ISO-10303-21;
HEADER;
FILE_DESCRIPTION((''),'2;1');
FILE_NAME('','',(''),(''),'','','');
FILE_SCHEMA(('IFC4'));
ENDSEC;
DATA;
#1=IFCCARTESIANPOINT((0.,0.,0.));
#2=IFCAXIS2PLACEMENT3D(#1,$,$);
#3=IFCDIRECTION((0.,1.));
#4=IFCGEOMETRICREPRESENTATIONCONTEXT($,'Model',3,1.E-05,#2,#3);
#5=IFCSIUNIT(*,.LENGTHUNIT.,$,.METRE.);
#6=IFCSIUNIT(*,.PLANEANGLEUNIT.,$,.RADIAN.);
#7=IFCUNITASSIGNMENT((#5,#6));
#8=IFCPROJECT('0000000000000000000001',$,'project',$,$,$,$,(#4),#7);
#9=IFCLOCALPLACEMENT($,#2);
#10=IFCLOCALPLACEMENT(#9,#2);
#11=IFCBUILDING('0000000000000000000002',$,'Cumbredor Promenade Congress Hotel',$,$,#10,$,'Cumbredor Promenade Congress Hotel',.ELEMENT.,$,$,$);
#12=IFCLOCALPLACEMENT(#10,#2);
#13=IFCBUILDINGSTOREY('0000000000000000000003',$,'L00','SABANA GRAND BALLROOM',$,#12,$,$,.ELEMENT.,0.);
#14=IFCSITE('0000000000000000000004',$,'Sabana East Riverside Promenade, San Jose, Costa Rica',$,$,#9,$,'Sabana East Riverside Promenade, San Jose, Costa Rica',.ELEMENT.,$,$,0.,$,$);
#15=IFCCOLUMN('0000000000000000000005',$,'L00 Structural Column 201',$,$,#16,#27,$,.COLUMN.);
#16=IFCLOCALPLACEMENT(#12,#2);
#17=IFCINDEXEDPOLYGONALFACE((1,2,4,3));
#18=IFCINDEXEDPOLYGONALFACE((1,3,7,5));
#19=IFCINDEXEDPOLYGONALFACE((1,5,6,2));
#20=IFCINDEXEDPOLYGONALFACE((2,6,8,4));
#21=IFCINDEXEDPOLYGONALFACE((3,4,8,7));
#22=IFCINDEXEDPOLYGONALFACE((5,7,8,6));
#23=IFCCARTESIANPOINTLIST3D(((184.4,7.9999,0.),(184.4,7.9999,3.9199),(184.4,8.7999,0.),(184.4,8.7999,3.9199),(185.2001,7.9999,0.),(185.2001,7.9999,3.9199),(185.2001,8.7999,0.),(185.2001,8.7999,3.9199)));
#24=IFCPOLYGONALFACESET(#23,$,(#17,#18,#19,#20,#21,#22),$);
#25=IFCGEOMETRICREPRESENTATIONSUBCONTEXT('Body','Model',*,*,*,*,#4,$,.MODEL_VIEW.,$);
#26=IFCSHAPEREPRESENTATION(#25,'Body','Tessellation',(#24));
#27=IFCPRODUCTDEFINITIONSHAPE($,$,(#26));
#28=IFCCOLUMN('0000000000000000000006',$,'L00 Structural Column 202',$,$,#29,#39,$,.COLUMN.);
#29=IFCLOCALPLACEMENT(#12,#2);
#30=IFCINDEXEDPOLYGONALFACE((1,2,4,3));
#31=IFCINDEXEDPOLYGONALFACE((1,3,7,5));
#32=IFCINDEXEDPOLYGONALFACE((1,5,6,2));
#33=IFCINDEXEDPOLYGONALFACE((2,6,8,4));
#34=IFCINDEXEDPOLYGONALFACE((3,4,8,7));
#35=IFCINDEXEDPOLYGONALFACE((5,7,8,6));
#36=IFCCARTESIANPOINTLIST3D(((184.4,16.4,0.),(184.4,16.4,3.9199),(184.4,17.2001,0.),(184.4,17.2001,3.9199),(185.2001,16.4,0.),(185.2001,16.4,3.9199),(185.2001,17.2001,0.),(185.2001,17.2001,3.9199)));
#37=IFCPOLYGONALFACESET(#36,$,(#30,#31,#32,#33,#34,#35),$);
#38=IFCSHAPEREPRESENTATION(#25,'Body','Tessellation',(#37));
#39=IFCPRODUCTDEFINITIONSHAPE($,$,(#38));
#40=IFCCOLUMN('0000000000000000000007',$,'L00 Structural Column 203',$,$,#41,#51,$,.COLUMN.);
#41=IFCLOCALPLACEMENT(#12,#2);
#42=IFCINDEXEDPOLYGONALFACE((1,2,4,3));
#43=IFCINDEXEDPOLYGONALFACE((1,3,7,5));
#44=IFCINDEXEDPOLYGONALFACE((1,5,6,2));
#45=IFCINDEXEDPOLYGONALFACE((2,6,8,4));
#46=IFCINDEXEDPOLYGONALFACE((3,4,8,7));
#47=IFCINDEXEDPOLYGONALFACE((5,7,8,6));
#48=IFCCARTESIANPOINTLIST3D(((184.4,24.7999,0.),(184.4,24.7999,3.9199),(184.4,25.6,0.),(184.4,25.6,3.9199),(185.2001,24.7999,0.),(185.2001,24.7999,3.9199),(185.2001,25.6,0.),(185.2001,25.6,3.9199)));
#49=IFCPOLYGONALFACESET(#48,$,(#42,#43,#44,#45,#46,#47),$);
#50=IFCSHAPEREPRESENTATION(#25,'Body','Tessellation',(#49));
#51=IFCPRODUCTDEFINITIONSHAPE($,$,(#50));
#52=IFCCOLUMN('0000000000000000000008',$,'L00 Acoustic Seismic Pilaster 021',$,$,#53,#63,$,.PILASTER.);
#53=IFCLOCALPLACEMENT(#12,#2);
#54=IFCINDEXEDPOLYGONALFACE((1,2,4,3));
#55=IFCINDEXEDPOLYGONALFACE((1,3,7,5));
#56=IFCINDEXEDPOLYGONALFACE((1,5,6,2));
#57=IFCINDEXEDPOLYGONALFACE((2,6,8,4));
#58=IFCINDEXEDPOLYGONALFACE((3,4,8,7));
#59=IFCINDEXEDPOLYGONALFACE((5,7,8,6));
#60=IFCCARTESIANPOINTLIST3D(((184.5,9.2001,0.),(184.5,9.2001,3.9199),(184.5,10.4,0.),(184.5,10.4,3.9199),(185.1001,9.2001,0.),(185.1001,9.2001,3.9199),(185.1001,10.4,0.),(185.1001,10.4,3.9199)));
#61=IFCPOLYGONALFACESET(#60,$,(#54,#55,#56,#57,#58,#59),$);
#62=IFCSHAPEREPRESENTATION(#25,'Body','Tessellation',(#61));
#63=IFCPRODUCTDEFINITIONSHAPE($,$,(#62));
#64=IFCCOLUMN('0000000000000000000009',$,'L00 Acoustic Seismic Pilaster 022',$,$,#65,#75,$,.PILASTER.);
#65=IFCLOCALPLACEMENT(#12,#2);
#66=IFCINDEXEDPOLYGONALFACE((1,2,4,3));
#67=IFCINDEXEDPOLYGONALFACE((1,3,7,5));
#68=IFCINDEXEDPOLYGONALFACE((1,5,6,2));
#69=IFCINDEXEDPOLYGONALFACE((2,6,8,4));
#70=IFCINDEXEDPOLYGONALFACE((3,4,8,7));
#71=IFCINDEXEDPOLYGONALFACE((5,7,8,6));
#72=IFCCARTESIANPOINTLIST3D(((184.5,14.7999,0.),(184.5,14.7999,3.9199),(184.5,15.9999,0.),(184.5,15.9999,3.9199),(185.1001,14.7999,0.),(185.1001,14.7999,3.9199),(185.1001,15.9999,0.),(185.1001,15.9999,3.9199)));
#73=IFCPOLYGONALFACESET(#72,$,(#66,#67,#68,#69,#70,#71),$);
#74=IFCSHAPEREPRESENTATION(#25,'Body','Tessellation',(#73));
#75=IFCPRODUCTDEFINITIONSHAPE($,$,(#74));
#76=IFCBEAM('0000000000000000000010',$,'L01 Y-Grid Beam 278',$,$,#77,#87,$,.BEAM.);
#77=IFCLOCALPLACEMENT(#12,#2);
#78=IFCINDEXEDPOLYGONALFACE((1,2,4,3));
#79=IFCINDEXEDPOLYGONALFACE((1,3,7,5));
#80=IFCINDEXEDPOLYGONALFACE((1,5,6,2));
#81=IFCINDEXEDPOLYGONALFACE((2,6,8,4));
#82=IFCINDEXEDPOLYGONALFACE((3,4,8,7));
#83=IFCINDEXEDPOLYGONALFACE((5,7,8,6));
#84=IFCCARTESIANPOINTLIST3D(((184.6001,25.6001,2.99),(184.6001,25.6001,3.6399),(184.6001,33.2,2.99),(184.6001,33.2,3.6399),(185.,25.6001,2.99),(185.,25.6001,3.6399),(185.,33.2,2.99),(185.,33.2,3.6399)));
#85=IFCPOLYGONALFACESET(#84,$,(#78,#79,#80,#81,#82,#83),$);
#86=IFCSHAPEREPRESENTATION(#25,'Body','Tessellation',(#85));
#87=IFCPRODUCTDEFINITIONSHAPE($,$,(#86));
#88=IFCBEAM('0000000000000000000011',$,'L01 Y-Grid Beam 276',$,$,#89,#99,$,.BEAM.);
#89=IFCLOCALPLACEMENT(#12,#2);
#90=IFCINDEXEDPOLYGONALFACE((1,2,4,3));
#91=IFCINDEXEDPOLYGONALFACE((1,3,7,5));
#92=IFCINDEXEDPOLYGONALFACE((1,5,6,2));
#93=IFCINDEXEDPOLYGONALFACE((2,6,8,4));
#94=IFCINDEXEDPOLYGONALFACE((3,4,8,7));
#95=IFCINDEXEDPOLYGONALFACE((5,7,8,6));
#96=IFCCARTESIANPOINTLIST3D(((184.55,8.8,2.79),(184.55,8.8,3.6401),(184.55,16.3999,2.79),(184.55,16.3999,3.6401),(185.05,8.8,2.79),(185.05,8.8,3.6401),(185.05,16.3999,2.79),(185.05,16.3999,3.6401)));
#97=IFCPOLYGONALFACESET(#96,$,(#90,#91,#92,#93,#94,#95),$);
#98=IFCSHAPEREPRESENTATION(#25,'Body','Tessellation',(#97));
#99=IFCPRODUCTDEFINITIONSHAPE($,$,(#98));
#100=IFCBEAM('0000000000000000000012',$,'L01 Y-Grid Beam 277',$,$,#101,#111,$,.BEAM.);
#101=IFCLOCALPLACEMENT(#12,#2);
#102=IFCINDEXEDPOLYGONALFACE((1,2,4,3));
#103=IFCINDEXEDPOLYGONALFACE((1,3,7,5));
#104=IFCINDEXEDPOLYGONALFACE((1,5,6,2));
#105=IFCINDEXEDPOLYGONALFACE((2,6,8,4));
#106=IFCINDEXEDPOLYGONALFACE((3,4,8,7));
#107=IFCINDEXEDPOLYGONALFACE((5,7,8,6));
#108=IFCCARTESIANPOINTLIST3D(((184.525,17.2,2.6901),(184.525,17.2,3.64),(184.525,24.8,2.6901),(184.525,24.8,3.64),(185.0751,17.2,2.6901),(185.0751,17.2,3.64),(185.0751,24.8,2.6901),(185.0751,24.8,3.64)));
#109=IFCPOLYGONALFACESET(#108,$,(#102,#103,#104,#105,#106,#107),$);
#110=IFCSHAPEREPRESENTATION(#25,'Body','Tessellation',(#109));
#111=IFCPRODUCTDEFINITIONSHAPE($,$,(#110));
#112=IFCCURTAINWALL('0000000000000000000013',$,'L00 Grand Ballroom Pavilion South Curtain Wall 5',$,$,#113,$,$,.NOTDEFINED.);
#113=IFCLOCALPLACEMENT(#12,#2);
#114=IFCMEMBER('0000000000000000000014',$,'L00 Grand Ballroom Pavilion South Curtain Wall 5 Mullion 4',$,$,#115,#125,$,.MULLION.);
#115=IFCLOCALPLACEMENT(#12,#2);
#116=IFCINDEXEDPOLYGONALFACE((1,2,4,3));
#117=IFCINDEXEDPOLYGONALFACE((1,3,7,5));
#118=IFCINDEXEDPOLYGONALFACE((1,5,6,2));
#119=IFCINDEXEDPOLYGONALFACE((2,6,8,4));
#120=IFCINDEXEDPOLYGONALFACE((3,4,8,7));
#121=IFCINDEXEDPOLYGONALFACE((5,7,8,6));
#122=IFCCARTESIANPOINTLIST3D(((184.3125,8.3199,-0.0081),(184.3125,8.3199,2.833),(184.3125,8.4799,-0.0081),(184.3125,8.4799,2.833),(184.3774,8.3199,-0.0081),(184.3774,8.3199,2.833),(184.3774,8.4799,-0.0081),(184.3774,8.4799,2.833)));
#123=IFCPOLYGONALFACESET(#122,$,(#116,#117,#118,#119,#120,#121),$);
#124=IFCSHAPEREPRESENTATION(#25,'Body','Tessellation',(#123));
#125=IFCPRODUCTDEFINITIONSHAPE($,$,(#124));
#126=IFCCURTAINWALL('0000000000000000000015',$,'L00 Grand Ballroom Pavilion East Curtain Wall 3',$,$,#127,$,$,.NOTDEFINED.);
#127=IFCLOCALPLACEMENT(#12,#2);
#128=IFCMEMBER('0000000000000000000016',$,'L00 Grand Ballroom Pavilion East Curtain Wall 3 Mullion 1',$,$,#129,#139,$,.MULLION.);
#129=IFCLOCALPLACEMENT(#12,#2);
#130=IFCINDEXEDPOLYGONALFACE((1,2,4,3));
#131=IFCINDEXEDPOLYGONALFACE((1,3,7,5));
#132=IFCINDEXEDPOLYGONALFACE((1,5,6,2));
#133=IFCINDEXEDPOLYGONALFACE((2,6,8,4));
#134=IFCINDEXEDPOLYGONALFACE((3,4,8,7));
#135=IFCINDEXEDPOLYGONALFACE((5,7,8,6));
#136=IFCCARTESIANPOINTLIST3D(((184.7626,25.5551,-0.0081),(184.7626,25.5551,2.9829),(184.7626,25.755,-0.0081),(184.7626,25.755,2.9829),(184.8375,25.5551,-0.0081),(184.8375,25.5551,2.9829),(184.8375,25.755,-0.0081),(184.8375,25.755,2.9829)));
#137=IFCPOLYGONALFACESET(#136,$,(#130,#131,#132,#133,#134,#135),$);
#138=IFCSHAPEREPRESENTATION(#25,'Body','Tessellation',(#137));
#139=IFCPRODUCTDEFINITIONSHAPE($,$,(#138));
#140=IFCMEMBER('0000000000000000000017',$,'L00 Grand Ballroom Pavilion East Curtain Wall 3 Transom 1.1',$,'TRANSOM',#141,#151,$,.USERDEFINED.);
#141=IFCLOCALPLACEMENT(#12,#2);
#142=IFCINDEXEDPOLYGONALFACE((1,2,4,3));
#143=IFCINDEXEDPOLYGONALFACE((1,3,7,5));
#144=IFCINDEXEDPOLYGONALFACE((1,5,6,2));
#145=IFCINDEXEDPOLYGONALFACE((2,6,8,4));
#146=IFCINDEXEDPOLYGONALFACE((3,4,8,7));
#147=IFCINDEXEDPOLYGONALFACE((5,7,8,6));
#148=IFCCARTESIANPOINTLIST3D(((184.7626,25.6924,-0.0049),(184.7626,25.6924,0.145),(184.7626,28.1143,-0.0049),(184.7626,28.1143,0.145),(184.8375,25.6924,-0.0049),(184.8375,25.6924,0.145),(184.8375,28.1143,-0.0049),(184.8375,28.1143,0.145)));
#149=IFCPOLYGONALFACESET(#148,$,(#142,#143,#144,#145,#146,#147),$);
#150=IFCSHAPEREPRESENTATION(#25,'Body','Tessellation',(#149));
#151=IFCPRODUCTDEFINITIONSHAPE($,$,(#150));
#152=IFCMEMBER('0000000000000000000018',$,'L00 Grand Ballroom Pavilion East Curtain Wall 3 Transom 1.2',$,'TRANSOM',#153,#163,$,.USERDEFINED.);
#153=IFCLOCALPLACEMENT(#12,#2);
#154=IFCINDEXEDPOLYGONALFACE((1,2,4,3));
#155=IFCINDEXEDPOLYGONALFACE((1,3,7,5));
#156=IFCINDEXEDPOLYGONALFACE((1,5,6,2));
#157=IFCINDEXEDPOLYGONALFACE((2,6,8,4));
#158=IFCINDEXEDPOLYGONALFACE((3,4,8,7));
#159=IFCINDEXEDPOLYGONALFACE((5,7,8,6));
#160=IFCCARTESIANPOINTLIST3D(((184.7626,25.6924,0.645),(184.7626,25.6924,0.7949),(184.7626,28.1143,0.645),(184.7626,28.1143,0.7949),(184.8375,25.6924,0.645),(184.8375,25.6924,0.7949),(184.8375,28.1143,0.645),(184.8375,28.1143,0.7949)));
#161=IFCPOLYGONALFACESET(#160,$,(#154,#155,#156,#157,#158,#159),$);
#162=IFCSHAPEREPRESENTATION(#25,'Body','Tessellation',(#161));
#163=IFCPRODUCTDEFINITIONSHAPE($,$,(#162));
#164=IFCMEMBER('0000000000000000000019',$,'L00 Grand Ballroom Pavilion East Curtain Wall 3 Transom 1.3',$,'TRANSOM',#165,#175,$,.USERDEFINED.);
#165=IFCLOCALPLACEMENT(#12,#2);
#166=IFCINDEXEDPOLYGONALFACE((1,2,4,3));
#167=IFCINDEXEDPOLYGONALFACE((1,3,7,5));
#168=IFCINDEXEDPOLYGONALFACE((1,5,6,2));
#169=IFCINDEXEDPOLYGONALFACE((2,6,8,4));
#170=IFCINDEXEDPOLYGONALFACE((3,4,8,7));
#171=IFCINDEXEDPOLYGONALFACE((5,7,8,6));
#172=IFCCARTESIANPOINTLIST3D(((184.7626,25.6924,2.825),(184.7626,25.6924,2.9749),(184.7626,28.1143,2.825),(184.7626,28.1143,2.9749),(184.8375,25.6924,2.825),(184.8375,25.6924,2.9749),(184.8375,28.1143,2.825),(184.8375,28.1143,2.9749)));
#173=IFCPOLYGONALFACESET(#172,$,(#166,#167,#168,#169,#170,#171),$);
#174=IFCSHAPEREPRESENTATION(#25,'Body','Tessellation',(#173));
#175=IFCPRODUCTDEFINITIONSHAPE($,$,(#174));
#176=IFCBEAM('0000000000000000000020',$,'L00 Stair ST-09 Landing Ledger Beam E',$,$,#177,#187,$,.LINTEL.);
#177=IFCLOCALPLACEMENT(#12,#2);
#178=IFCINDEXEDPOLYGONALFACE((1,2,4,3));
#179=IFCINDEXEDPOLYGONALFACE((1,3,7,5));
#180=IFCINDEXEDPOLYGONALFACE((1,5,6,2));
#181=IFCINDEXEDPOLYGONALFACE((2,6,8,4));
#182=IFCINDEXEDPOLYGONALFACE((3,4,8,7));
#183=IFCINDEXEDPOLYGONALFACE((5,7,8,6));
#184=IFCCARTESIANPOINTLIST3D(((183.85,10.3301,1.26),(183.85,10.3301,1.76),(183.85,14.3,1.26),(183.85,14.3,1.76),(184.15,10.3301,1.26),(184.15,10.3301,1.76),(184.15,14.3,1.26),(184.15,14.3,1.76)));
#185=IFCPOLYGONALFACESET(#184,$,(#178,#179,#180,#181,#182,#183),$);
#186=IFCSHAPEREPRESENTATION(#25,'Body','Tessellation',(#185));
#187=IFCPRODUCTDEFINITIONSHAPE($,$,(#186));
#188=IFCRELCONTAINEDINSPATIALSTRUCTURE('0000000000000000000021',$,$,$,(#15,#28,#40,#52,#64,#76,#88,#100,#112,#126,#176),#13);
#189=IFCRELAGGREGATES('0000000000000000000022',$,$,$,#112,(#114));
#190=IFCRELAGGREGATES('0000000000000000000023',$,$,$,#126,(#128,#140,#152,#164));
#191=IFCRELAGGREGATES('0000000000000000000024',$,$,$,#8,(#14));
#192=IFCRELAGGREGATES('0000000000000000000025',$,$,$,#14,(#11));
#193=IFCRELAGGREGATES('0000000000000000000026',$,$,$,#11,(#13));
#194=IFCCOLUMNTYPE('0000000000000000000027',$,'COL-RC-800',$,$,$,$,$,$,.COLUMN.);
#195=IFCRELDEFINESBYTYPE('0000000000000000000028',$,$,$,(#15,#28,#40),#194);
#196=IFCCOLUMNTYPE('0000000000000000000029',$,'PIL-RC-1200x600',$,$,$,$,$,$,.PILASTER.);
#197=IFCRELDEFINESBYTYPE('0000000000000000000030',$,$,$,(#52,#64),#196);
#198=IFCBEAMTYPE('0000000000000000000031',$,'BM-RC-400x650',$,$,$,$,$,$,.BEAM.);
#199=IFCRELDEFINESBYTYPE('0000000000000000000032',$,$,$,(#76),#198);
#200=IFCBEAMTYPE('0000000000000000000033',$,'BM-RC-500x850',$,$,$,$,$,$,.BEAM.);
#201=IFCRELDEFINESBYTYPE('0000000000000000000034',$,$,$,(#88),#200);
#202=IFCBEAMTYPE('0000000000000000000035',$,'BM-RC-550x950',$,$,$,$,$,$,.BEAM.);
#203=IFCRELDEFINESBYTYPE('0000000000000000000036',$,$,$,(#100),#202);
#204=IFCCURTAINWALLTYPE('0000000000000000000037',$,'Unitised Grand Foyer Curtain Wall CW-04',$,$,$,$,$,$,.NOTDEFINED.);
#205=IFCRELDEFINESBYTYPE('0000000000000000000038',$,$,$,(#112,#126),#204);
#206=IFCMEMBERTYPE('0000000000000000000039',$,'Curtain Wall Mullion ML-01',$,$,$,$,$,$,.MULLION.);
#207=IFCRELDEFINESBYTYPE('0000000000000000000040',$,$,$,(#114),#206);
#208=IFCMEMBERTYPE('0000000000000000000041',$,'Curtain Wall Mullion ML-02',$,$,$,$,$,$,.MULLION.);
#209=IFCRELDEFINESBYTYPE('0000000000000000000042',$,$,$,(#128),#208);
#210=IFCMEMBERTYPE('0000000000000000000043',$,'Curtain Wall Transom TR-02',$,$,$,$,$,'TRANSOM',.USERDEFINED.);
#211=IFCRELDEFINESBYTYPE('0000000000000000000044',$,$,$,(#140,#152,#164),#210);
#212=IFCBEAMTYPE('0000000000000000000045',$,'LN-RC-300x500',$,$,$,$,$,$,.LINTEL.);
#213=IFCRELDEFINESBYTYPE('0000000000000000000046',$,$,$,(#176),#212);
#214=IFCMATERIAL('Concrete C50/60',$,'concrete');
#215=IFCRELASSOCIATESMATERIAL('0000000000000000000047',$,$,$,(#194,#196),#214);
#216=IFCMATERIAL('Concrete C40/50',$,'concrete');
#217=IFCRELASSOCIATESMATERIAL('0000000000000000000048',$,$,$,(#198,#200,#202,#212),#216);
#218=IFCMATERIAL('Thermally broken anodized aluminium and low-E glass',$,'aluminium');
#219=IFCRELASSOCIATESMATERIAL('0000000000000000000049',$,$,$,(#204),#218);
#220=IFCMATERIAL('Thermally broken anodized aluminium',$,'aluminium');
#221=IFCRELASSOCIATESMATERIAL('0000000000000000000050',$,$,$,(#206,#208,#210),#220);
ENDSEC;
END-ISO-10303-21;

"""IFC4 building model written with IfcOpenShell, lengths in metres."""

from ifc_helpers import new_model, si_unit, direction, frame, origin, origin_2d, place, context, subcontext, project, spatial, rectangle, extrude, material, material_profile, profile_set, type_object, element, aggregate, save


model = new_model("IFC4")

# Units and contexts
model_context = context("Model", 3, precision=1e-05, world=origin(), true_north=direction((0.0, 1.0)))
body_context = subcontext(model_context, "Body", "Model", "MODEL_VIEW")
ifc_project = project(units=[si_unit("LENGTHUNIT", "METRE"), si_unit("PLANEANGLEUNIT", "RADIAN")], contexts=[model_context])

# Site, building, storey
site_placement = place(None, origin())
site = spatial("IfcSite", under=ifc_project, at=site_placement, Name="Sabana East Riverside Promenade, San Jose, Costa Rica", LongName="Sabana East Riverside Promenade, San Jose, Costa Rica", CompositionType="ELEMENT", RefElevation=0.0)
building_placement = place(site_placement, origin())
building = spatial("IfcBuilding", under=site, at=building_placement, Name="Cumbredor Promenade Congress Hotel", LongName="Cumbredor Promenade Congress Hotel", CompositionType="ELEMENT")
storey_placement = place(building_placement, origin())
storey = spatial("IfcBuildingStorey", under=building, at=storey_placement, Name="L00", Description="SABANA GRAND BALLROOM", CompositionType="ELEMENT", Elevation=0.0)

# Columns
ifc_material_1 = material(Name="Concrete C50/60", Category="concrete")
ifc_material_profile_1 = material_profile(ifc_material_1, rectangle(XDim=0.8, YDim=0.8, at=origin_2d()), Name="RC 800x800")
ifc_profile_set_1 = profile_set([ifc_material_profile_1], Name="Concrete C50/60")
column_type_1 = type_object("IfcColumnType", Name="COL-RC-800", PredefinedType="COLUMN", material=ifc_profile_set_1)
for number, where, z_axis, x_axis, name in (
    (1, (184.8, 8.3999, 0.0), (0.0, 0.0, 1.0), (1.0, 0.0, 0.0), "L00 Structural Column 201"),
    (2, (184.8, 16.8, 0.0), (0.0, 0.0, 1.0), (1.0, 0.0, 0.0), "L00 Structural Column 202"),
    (3, (184.8, 25.2, 0.0), (0.0, 0.0, 1.0), (1.0, 0.0, 0.0), "L00 Structural Column 203"),
):
    element("IfcColumn", number, at=place(storey_placement, frame(where, z_axis=z_axis, x_axis=x_axis)), inside=storey, type_object=column_type_1, Name=name, PredefinedType="COLUMN", context=body_context, shape_type="SweptSolid", body=[
        extrude(rectangle(XDim=0.8, YDim=0.8, at=origin_2d()), origin(), (0.0, 0.0, 1.0), 3.9199),
    ])
ifc_material_profile_2 = material_profile(ifc_material_1, rectangle(XDim=0.6001, YDim=1.2, at=origin_2d()), Name="RC PILASTER 1200x600")
ifc_profile_set_2 = profile_set([ifc_material_profile_2], Name="Concrete C50/60")
column_type_2 = type_object("IfcColumnType", Name="PIL-RC-1200x600", PredefinedType="PILASTER", material=ifc_profile_set_2)
for number, where, z_axis, x_axis, name in (
    (4, (184.8, 9.8, 0.0), (0.0, 0.0, 1.0), (1.0, 0.0, 0.0), "L00 Acoustic Seismic Pilaster 021"),
    (5, (184.8, 15.3999, 0.0), (0.0, 0.0, 1.0), (1.0, 0.0, 0.0), "L00 Acoustic Seismic Pilaster 022"),
):
    element("IfcColumn", number, at=place(storey_placement, frame(where, z_axis=z_axis, x_axis=x_axis)), inside=storey, type_object=column_type_2, Name=name, PredefinedType="PILASTER", context=body_context, shape_type="SweptSolid", body=[
        extrude(rectangle(XDim=0.6001, YDim=1.2, at=origin_2d()), origin(), (0.0, 0.0, 1.0), 3.9199),
    ])

# Beams
ifc_material_2 = material(Name="Concrete C40/50", Category="concrete")
ifc_material_profile_3 = material_profile(ifc_material_2, rectangle(XDim=0.3999, YDim=0.6499, at=origin_2d()), Name="RC BEAM 400x650")
ifc_profile_set_3 = profile_set([ifc_material_profile_3], Name="Concrete C40/50")
beam_type_1 = type_object("IfcBeamType", Name="BM-RC-400x650", PredefinedType="BEAM", material=ifc_profile_set_3)
beam_1_placement = place(storey_placement, frame((184.8, 25.6001, 3.3149), z_axis=(0.0, 1.0, 0.0), x_axis=(-1.0, 0.0, 0.0)))
element("IfcBeam", 6, at=beam_1_placement, inside=storey, type_object=beam_type_1, Name="L01 Y-Grid Beam 278", PredefinedType="BEAM", context=body_context, shape_type="SweptSolid", body=[
    extrude(rectangle(XDim=0.3999, YDim=0.6499, at=origin_2d()), origin(), (0.0, 0.0, 1.0), 7.5999),
])
ifc_material_profile_4 = material_profile(ifc_material_2, rectangle(XDim=0.5, YDim=0.8501, at=origin_2d()), Name="RC BEAM 500x850")
ifc_profile_set_4 = profile_set([ifc_material_profile_4], Name="Concrete C40/50")
beam_type_2 = type_object("IfcBeamType", Name="BM-RC-500x850", PredefinedType="BEAM", material=ifc_profile_set_4)
beam_2_placement = place(storey_placement, frame((184.8, 8.8, 3.2151), z_axis=(0.0, 1.0, 0.0), x_axis=(-1.0, 0.0, 0.0)))
element("IfcBeam", 7, at=beam_2_placement, inside=storey, type_object=beam_type_2, Name="L01 Y-Grid Beam 276", PredefinedType="BEAM", context=body_context, shape_type="SweptSolid", body=[
    extrude(rectangle(XDim=0.5, YDim=0.8501, at=origin_2d()), origin(), (0.0, 0.0, 1.0), 7.5999),
])
ifc_material_profile_5 = material_profile(ifc_material_2, rectangle(XDim=0.55, YDim=0.95, at=origin_2d()), Name="RC BEAM 550x950")
ifc_profile_set_5 = profile_set([ifc_material_profile_5], Name="Concrete C40/50")
beam_type_3 = type_object("IfcBeamType", Name="BM-RC-550x950", PredefinedType="BEAM", material=ifc_profile_set_5)
beam_3_placement = place(storey_placement, frame((184.8, 17.2, 3.165), z_axis=(0.0, 1.0, 0.0), x_axis=(-1.0, 0.0, 0.0)))
element("IfcBeam", 8, at=beam_3_placement, inside=storey, type_object=beam_type_3, Name="L01 Y-Grid Beam 277", PredefinedType="BEAM", context=body_context, shape_type="SweptSolid", body=[
    extrude(rectangle(XDim=0.55, YDim=0.95, at=origin_2d()), origin(), (0.0, 0.0, 1.0), 7.6001),
])

# Curtain wall, member
ifc_material_3 = material(Name="Thermally broken anodized aluminium and low-E glass", Category="aluminium")
curtain_wall_type = type_object("IfcCurtainWallType", Name="Unitised Grand Foyer Curtain Wall CW-04", PredefinedType="NOTDEFINED", material=ifc_material_3)
curtain_wall_1_placement = place(storey_placement, origin())
curtain_wall_1 = element("IfcCurtainWall", 9, at=curtain_wall_1_placement, inside=storey, type_object=curtain_wall_type, Name="L00 Grand Ballroom Pavilion South Curtain Wall 5", PredefinedType="NOTDEFINED")
ifc_material_4 = material(Name="Thermally broken anodized aluminium", Category="aluminium")
ifc_material_profile_6 = material_profile(ifc_material_4, rectangle(XDim=0.0649, YDim=0.1599, at=origin_2d()), Name="ALU MULLION 65x160")
ifc_profile_set_6 = profile_set([ifc_material_profile_6], Name="Thermally broken anodized aluminium")
member_type_1 = type_object("IfcMemberType", Name="Curtain Wall Mullion ML-01", PredefinedType="MULLION", material=ifc_profile_set_6)
member_1_placement = place(storey_placement, frame((184.345, 8.3999, -0.0081), z_axis=(0.0, 0.0, 1.0), x_axis=(1.0, 0.0, 0.0)))
member_1 = element("IfcMember", 10, at=member_1_placement, type_object=member_type_1, Name="L00 Grand Ballroom Pavilion South Curtain Wall 5 Mullion 4", PredefinedType="MULLION", context=body_context, shape_type="SweptSolid", body=[
    extrude(rectangle(XDim=0.0649, YDim=0.1599, at=origin_2d()), origin(), (0.0, 0.0, 1.0), 2.8411),
])

# Curtain wall, members
curtain_wall_2_placement = place(storey_placement, origin())
curtain_wall_2 = element("IfcCurtainWall", 11, at=curtain_wall_2_placement, inside=storey, type_object=curtain_wall_type, Name="L00 Grand Ballroom Pavilion East Curtain Wall 3", PredefinedType="NOTDEFINED")
ifc_material_profile_7 = material_profile(ifc_material_4, rectangle(XDim=0.075, YDim=0.2, at=origin_2d()), Name="ALU MULLION 75x200")
ifc_profile_set_7 = profile_set([ifc_material_profile_7], Name="Thermally broken anodized aluminium")
member_type_2 = type_object("IfcMemberType", Name="Curtain Wall Mullion ML-02", PredefinedType="MULLION", material=ifc_profile_set_7)
member_2_placement = place(storey_placement, frame((184.8, 25.655, -0.0081), z_axis=(0.0, 0.0, 1.0), x_axis=(1.0, 0.0, 0.0)))
member_2 = element("IfcMember", 12, at=member_2_placement, type_object=member_type_2, Name="L00 Grand Ballroom Pavilion East Curtain Wall 3 Mullion 1", PredefinedType="MULLION", context=body_context, shape_type="SweptSolid", body=[
    extrude(rectangle(XDim=0.075, YDim=0.2, at=origin_2d()), origin(), (0.0, 0.0, 1.0), 2.991),
])
ifc_material_profile_8 = material_profile(ifc_material_4, rectangle(XDim=0.075, YDim=0.1499, at=origin_2d()), Name="ALU TRANSOM 75x150")
ifc_profile_set_8 = profile_set([ifc_material_profile_8], Name="Thermally broken anodized aluminium")
member_type_3 = type_object("IfcMemberType", Name="Curtain Wall Transom TR-02", ElementType="TRANSOM", PredefinedType="USERDEFINED", material=ifc_profile_set_8)
member_3_placement = place(storey_placement, frame((184.8, 25.6924, 0.0701), z_axis=(0.0, 1.0, 0.0), x_axis=(-1.0, 0.0, 0.0)))
member_3 = element("IfcMember", 13, at=member_3_placement, type_object=member_type_3, Name="L00 Grand Ballroom Pavilion East Curtain Wall 3 Transom 1.1", ObjectType="TRANSOM", PredefinedType="USERDEFINED", context=body_context, shape_type="SweptSolid", body=[
    extrude(rectangle(XDim=0.075, YDim=0.1499, at=origin_2d()), origin(), (0.0, 0.0, 1.0), 2.4219),
])
member_4_placement = place(storey_placement, frame((184.8, 25.6924, 0.72), z_axis=(0.0, 1.0, 0.0), x_axis=(-1.0, 0.0, 0.0)))
member_4 = element("IfcMember", 14, at=member_4_placement, type_object=member_type_3, Name="L00 Grand Ballroom Pavilion East Curtain Wall 3 Transom 1.2", ObjectType="TRANSOM", PredefinedType="USERDEFINED", context=body_context, shape_type="SweptSolid", body=[
    extrude(rectangle(XDim=0.075, YDim=0.1499, at=origin_2d()), origin(), (0.0, 0.0, 1.0), 2.4219),
])
member_5_placement = place(storey_placement, frame((184.8, 25.6924, 2.8999), z_axis=(0.0, 1.0, 0.0), x_axis=(-1.0, 0.0, 0.0)))
member_5 = element("IfcMember", 15, at=member_5_placement, type_object=member_type_3, Name="L00 Grand Ballroom Pavilion East Curtain Wall 3 Transom 1.3", ObjectType="TRANSOM", PredefinedType="USERDEFINED", context=body_context, shape_type="SweptSolid", body=[
    extrude(rectangle(XDim=0.075, YDim=0.1499, at=origin_2d()), origin(), (0.0, 0.0, 1.0), 2.4219),
])

# Beam
ifc_material_profile_9 = material_profile(ifc_material_2, rectangle(XDim=0.3, YDim=0.5, at=origin_2d()), Name="RC LINTEL 300x500")
ifc_profile_set_9 = profile_set([ifc_material_profile_9], Name="Concrete C40/50")
beam_type_4 = type_object("IfcBeamType", Name="LN-RC-300x500", PredefinedType="LINTEL", material=ifc_profile_set_9)
for number, where, z_axis, x_axis, name in (
    (16, (184.0, 10.3301, 1.51), (0.0, 1.0, 0.0), (-1.0, 0.0, 0.0), "L00 Stair ST-09 Landing Ledger Beam E"),
):
    element("IfcBeam", number, at=place(storey_placement, frame(where, z_axis=z_axis, x_axis=x_axis)), inside=storey, type_object=beam_type_4, Name=name, PredefinedType="LINTEL", context=body_context, shape_type="SweptSolid", body=[
        extrude(rectangle(XDim=0.3, YDim=0.5, at=origin_2d()), origin(), (0.0, 0.0, 1.0), 3.97),
    ])

aggregate(curtain_wall_1, [member_1])
aggregate(curtain_wall_2, [member_2, member_3, member_4, member_5])

save(model, "model.ifc")
